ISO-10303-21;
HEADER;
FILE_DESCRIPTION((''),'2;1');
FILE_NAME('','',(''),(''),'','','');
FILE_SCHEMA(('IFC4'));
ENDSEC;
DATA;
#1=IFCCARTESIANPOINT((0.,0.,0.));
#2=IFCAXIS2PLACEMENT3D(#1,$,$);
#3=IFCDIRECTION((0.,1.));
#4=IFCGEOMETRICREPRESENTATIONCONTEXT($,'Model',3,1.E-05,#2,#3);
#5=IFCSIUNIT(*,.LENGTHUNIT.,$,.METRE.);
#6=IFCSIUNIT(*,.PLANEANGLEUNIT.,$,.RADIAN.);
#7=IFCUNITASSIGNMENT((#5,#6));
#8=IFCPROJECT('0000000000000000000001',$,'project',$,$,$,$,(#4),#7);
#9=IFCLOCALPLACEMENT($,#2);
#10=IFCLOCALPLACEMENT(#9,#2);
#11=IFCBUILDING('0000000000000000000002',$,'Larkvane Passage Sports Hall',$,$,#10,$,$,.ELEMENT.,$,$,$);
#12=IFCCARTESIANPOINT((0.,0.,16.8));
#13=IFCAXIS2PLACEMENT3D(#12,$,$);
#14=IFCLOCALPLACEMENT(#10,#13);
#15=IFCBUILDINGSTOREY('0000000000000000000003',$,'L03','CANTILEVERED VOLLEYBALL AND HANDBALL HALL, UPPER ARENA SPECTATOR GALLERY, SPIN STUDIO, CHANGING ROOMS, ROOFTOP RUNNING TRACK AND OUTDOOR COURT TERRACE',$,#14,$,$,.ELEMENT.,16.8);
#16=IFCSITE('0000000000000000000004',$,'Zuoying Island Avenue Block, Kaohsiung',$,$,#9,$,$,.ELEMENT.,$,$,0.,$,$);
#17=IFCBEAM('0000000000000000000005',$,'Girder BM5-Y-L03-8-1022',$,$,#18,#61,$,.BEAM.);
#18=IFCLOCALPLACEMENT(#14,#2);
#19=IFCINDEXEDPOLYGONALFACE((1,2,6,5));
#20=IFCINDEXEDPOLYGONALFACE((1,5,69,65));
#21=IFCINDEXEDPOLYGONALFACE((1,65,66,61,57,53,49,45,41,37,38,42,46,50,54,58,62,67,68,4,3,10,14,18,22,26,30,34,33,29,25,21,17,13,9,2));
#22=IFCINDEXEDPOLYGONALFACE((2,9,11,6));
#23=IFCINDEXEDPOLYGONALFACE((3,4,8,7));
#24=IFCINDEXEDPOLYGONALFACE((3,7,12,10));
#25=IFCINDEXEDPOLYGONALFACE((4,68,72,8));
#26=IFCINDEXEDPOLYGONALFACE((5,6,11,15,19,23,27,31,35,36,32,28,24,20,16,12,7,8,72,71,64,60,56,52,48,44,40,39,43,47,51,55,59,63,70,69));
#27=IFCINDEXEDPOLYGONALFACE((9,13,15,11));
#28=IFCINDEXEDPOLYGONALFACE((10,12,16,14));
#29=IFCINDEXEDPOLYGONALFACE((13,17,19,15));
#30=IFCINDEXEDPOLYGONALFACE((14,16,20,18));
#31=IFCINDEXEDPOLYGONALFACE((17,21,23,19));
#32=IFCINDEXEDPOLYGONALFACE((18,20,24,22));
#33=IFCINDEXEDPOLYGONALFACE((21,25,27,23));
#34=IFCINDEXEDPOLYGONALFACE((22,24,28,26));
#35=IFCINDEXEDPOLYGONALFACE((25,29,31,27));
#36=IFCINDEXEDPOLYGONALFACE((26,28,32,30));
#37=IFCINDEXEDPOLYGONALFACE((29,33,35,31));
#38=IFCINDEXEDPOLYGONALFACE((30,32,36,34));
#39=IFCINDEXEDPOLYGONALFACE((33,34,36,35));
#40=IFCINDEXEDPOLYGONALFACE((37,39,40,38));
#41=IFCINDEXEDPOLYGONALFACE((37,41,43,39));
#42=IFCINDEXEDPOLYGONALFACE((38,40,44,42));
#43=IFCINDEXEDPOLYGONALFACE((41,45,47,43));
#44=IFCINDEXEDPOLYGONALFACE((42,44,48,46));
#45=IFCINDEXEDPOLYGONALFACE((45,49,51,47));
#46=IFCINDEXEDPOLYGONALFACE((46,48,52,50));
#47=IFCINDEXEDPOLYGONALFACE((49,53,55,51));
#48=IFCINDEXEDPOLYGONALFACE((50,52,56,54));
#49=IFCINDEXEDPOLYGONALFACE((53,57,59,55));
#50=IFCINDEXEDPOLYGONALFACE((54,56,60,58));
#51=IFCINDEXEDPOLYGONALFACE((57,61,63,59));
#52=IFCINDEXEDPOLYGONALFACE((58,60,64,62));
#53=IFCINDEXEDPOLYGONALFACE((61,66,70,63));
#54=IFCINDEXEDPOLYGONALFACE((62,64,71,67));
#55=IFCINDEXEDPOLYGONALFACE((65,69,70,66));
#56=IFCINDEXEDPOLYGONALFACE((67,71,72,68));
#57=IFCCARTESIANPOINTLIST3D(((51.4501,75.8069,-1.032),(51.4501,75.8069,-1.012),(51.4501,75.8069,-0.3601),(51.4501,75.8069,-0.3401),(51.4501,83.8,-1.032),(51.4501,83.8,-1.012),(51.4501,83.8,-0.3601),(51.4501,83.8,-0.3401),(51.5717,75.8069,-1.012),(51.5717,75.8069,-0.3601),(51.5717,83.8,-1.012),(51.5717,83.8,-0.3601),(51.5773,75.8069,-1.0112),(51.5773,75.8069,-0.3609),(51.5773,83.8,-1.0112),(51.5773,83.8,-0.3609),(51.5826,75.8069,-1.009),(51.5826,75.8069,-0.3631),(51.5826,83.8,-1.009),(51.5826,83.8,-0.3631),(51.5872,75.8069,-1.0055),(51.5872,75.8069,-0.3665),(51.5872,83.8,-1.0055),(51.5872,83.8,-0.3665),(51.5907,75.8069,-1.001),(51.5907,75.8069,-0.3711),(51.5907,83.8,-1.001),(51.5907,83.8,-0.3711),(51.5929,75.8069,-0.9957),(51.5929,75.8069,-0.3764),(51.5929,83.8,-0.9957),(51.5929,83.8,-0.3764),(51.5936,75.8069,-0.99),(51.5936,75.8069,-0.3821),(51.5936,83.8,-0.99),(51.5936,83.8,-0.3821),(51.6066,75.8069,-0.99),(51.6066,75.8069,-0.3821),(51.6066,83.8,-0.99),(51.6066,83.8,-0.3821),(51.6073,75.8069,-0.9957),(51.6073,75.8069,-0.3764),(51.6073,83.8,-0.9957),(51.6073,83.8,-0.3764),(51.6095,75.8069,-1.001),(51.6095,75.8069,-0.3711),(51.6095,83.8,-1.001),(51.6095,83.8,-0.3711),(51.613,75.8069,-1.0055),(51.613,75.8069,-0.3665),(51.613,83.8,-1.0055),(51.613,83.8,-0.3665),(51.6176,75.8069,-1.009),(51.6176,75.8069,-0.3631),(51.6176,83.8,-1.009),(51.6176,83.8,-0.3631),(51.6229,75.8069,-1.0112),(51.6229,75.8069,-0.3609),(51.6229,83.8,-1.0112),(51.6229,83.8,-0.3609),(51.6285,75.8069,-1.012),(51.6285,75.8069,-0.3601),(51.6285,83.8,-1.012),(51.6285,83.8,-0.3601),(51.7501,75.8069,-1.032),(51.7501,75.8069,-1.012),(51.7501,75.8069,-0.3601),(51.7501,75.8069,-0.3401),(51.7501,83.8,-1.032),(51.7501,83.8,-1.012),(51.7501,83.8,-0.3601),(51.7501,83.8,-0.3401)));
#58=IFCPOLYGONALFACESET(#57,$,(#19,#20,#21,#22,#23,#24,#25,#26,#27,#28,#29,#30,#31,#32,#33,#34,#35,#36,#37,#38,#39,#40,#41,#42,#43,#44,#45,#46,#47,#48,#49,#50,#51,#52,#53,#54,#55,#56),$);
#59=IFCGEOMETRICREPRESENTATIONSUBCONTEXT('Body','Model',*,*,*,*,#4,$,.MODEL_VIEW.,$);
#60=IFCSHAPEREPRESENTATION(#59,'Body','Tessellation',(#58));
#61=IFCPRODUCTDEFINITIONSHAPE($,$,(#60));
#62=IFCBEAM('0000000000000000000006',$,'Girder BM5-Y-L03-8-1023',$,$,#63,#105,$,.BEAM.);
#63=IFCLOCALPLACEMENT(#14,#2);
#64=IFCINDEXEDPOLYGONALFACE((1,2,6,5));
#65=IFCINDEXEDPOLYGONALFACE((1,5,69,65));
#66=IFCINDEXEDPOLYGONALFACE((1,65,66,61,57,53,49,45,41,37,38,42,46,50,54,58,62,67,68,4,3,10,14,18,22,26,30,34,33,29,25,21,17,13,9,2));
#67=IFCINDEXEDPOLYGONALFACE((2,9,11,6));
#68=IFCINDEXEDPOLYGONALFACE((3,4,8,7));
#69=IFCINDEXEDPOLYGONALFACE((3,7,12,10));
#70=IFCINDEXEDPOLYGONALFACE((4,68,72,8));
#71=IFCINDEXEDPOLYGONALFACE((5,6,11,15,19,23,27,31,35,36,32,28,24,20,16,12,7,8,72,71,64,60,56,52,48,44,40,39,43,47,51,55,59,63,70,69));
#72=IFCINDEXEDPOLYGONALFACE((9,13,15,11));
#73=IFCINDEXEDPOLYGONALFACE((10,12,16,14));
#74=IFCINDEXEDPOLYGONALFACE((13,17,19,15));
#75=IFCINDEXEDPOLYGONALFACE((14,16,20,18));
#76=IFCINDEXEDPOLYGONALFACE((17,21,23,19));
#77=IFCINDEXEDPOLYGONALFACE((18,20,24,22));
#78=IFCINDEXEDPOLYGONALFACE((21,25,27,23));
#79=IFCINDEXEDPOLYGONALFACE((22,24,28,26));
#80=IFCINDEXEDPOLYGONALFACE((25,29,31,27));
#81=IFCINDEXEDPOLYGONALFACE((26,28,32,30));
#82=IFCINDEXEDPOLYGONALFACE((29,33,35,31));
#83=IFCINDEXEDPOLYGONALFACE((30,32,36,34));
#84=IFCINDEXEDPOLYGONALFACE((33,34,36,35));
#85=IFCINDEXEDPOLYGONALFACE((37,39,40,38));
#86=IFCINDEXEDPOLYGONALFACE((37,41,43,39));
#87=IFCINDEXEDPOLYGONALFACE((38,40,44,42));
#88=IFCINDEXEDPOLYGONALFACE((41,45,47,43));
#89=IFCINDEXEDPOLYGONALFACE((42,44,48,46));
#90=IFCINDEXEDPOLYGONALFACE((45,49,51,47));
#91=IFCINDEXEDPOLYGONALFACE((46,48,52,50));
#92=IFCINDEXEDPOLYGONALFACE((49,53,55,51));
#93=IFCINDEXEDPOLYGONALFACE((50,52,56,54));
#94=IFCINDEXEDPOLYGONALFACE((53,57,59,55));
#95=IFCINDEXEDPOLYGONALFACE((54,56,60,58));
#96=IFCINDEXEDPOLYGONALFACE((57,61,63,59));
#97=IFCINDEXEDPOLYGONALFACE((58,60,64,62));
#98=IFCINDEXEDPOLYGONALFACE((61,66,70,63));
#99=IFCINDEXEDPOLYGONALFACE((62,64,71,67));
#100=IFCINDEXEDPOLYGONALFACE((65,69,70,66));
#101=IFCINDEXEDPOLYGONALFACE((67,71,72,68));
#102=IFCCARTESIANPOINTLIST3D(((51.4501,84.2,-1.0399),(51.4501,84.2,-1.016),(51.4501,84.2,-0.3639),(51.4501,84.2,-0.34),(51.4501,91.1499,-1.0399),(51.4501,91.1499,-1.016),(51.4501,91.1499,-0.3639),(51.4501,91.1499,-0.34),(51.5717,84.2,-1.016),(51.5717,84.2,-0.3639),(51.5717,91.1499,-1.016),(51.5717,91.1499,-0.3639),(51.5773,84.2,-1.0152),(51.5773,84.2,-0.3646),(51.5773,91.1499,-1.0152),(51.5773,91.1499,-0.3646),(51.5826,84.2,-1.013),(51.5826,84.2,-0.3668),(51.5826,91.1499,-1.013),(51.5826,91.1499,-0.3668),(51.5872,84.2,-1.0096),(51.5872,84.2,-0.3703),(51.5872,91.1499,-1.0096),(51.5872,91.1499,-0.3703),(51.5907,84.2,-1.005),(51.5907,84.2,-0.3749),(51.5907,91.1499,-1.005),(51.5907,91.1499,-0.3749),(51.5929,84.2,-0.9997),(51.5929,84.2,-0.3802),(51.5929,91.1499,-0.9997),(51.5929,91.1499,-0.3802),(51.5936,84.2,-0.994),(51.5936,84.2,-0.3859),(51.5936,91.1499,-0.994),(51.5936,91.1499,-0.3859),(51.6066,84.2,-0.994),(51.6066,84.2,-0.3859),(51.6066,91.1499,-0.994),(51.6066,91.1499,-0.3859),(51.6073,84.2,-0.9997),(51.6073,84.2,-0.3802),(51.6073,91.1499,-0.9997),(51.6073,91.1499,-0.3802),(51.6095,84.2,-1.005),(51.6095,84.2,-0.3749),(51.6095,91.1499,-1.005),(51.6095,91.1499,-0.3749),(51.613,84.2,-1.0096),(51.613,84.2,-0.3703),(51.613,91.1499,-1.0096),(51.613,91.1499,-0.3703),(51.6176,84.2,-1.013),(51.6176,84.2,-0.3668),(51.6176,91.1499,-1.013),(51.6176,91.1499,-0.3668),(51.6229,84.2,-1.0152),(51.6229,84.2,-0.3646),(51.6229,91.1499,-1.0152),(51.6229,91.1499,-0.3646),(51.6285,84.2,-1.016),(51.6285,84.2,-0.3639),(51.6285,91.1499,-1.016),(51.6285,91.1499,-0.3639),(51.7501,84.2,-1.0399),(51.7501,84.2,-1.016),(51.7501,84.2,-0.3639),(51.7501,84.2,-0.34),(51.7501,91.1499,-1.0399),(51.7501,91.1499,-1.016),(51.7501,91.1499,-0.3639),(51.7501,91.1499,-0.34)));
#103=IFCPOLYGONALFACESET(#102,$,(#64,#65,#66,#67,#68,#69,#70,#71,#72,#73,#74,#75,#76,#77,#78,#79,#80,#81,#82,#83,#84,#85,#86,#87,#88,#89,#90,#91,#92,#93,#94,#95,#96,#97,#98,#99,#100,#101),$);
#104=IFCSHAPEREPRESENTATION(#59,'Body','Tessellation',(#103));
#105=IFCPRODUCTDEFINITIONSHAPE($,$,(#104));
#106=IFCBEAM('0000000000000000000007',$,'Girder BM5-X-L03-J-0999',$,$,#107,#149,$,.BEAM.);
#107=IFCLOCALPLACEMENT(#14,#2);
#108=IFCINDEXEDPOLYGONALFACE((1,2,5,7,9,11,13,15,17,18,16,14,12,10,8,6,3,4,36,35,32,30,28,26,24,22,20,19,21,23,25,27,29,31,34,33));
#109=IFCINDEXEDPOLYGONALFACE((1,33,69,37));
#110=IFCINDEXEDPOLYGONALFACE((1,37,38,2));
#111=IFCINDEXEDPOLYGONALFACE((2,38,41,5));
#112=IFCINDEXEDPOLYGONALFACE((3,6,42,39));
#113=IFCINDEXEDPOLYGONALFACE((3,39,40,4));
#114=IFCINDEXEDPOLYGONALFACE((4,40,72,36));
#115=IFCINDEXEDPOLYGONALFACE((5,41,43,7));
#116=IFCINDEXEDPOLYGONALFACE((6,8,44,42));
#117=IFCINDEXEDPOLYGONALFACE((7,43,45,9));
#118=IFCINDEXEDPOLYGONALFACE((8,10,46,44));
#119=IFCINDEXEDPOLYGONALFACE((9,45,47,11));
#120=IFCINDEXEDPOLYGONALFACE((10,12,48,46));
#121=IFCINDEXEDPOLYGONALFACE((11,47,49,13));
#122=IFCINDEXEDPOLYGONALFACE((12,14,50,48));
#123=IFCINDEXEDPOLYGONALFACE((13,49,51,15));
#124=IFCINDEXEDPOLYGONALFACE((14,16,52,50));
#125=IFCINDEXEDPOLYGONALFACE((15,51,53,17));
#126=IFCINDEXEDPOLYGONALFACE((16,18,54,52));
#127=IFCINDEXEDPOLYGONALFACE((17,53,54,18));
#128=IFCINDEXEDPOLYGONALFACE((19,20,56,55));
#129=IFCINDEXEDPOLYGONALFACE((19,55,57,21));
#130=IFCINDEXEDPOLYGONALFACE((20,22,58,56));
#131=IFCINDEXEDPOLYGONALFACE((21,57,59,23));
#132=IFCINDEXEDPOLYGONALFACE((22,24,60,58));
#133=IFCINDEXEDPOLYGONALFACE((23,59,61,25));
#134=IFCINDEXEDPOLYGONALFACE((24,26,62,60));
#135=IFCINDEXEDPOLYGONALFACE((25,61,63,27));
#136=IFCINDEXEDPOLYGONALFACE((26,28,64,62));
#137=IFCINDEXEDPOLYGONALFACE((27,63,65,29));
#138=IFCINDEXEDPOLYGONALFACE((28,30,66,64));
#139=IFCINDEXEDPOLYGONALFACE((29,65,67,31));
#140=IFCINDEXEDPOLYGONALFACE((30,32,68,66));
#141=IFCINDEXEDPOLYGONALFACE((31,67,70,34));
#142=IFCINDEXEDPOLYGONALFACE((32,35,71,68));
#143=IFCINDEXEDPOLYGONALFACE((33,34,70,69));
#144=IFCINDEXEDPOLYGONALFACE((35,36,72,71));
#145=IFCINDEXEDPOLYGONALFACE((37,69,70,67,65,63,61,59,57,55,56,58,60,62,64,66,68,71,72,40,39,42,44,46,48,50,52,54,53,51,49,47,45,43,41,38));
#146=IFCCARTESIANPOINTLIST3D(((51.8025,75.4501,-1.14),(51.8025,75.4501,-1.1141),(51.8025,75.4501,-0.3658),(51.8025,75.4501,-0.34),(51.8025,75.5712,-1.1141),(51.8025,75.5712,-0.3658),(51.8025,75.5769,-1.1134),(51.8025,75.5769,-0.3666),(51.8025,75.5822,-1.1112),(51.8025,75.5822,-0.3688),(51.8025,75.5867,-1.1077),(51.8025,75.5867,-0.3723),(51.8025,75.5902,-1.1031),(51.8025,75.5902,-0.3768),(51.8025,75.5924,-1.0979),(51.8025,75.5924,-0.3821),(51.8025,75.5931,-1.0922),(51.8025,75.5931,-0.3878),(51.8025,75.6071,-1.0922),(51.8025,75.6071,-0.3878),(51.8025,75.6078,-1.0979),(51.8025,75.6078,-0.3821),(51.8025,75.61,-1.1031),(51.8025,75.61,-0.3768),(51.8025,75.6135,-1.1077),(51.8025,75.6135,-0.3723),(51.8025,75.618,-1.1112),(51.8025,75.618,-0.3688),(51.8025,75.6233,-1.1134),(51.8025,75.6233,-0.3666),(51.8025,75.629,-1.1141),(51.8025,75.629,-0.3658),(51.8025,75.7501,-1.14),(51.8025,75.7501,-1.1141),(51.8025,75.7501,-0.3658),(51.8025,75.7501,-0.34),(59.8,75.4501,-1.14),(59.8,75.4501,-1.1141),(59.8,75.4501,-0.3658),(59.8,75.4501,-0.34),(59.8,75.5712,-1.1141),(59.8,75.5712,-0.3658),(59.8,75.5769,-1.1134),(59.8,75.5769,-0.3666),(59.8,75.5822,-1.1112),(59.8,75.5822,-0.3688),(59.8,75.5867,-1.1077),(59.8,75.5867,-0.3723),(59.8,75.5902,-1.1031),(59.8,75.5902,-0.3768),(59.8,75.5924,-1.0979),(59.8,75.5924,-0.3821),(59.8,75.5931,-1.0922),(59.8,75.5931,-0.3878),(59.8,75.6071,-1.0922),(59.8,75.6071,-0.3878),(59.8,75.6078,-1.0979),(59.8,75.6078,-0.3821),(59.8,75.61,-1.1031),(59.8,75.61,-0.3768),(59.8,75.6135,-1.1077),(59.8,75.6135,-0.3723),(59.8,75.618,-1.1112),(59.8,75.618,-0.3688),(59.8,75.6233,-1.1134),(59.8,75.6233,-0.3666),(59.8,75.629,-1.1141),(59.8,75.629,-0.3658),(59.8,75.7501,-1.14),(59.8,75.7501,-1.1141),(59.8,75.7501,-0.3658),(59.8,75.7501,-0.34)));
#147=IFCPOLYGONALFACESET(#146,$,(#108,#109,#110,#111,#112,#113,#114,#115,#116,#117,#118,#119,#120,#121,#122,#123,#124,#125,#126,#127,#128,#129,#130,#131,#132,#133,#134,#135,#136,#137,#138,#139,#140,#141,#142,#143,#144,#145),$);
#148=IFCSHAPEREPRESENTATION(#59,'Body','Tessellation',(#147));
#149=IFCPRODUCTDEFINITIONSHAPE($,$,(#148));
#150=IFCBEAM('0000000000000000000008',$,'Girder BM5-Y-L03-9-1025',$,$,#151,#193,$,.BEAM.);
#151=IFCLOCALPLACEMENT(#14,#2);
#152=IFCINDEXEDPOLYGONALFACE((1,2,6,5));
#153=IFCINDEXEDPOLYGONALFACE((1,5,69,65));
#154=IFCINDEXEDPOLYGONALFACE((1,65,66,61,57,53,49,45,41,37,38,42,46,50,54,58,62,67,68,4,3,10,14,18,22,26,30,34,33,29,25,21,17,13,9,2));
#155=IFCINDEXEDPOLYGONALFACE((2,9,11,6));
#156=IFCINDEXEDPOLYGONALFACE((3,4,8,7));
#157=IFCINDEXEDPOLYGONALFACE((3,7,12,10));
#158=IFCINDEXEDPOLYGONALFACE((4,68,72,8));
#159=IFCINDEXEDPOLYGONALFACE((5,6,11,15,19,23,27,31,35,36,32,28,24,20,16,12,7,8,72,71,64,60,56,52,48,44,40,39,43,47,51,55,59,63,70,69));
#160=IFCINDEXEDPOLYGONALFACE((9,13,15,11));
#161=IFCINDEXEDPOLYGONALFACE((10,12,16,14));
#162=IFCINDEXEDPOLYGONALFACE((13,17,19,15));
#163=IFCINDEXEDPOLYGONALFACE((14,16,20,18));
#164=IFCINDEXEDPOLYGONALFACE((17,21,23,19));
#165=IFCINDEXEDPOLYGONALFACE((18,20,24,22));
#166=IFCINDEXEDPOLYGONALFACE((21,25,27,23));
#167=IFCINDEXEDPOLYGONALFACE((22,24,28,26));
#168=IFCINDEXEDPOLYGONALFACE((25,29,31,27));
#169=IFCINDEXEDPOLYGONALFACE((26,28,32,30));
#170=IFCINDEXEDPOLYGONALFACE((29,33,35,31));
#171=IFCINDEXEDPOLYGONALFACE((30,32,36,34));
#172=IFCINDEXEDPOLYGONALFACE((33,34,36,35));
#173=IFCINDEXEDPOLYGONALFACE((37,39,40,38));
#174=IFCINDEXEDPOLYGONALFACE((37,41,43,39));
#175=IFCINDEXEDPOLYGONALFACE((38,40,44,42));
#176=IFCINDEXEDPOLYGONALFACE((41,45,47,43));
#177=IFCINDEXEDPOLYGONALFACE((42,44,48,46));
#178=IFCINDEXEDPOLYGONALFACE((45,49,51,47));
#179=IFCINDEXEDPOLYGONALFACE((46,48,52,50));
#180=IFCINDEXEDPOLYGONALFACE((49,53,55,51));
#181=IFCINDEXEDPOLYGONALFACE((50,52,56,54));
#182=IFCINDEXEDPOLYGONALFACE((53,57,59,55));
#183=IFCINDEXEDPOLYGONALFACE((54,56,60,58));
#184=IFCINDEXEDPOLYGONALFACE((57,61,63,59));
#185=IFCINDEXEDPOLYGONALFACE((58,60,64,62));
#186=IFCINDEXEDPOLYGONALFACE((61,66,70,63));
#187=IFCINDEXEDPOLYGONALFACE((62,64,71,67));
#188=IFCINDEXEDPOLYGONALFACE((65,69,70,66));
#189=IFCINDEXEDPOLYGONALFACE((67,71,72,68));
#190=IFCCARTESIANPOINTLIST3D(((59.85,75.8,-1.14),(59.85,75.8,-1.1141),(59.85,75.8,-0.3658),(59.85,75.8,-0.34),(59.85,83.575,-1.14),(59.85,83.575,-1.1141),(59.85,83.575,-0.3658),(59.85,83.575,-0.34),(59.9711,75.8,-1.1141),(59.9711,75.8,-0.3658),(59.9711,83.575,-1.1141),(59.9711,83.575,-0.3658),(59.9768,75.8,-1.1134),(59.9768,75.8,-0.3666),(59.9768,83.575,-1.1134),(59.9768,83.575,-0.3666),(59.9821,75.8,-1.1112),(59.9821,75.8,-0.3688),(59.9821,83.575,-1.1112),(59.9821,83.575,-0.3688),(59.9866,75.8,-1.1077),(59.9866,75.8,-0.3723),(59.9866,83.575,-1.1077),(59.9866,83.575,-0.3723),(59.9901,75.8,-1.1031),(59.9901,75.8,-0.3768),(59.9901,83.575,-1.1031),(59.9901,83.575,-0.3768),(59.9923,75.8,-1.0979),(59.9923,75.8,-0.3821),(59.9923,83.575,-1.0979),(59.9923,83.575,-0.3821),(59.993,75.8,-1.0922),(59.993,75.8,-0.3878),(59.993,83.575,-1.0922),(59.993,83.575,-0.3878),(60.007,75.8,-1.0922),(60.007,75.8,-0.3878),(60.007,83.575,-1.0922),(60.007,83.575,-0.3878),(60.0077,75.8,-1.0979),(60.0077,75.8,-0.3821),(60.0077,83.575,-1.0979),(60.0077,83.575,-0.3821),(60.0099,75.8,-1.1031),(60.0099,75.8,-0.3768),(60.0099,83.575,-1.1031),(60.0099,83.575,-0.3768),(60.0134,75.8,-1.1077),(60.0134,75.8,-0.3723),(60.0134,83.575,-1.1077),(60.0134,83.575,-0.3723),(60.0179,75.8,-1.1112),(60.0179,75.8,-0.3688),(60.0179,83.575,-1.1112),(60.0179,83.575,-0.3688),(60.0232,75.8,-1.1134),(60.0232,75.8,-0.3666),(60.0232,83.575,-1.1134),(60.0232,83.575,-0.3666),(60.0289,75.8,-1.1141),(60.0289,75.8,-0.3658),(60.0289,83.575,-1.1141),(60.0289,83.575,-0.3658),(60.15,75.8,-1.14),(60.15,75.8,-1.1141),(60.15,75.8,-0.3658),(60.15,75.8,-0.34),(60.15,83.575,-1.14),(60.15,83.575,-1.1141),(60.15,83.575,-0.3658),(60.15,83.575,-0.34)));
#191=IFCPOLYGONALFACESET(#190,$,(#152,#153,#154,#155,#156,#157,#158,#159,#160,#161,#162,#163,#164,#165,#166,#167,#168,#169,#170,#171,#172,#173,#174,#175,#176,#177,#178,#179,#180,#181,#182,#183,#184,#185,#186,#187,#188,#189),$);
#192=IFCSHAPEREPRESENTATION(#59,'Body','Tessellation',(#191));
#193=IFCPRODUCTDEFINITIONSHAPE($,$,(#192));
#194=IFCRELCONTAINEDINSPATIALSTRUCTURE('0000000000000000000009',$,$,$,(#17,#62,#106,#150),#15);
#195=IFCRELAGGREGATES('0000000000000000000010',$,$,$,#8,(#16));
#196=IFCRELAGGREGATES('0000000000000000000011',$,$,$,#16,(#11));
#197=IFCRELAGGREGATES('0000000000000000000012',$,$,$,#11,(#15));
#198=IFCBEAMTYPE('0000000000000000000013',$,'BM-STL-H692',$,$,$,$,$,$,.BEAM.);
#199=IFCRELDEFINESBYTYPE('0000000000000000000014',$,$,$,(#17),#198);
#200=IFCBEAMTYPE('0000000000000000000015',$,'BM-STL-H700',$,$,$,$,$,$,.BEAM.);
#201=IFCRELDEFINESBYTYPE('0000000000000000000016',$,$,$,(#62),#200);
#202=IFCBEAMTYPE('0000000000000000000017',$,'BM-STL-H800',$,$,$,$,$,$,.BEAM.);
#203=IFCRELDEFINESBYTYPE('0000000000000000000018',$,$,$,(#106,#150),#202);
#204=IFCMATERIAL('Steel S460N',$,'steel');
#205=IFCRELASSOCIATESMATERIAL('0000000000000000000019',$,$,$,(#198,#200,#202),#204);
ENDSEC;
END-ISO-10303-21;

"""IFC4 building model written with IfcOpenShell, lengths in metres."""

from ifc_helpers import new_model, si_unit, direction, frame, origin, origin_2d, place, context, subcontext, project, spatial, i_section, extrude, material, material_profile, profile_set, type_object, element, save


model = new_model("IFC4")

# Units and contexts
model_context = context("Model", 3, precision=1e-05, world=origin(), true_north=direction((0.0, 1.0)))
body_context = subcontext(model_context, "Body", "Model", "MODEL_VIEW")
ifc_project = project(units=[si_unit("LENGTHUNIT", "METRE"), si_unit("PLANEANGLEUNIT", "RADIAN")], contexts=[model_context])

# Site, building, storey
site_placement = place(None, origin())
site = spatial("IfcSite", under=ifc_project, at=site_placement, Name="Zuoying Island Avenue Block, Kaohsiung", CompositionType="ELEMENT", RefElevation=0.0)
building_placement = place(site_placement, origin())
building = spatial("IfcBuilding", under=site, at=building_placement, Name="Larkvane Passage Sports Hall", CompositionType="ELEMENT")
storey_placement = place(building_placement, frame((0.0, 0.0, 16.8)))
storey = spatial("IfcBuildingStorey", under=building, at=storey_placement, Name="L03", Description="CANTILEVERED VOLLEYBALL AND HANDBALL HALL, UPPER ARENA SPECTATOR GALLERY, SPIN STUDIO, CHANGING ROOMS, ROOFTOP RUNNING TRACK AND OUTDOOR COURT TERRACE", CompositionType="ELEMENT", Elevation=16.8)

# Shared definitions
ifc_material_1 = material(Name="Steel S460N", Category="steel")

# Beams
ifc_material_profile_1 = material_profile(ifc_material_1, i_section(OverallWidth=0.3, OverallDepth=0.6919, WebThickness=0.0129, FlangeThickness=0.02, FilletRadius=0.022, at=origin_2d()), Name="H-692x300x13x20")
ifc_profile_set_1 = profile_set([ifc_material_profile_1], Name="Steel S460N")
beam_type_1 = type_object("IfcBeamType", Name="BM-STL-H692", PredefinedType="BEAM", material=ifc_profile_set_1)
beam_1_placement = place(storey_placement, frame((51.6001, 75.8069, -0.686), z_axis=(0.0, 1.0, 0.0), x_axis=(-1.0, 0.0, 0.0)))
element("IfcBeam", 1, at=beam_1_placement, inside=storey, type_object=beam_type_1, Name="Girder BM5-Y-L03-8-1022", PredefinedType="BEAM", context=body_context, shape_type="SweptSolid", body=[
    extrude(i_section(OverallWidth=0.3, OverallDepth=0.6919, WebThickness=0.0129, FlangeThickness=0.02, FilletRadius=0.022, at=origin_2d()), origin(), (0.0, 0.0, 1.0), 7.9932),
])
ifc_material_profile_2 = material_profile(ifc_material_1, i_section(OverallWidth=0.3, OverallDepth=0.7, WebThickness=0.0129, FlangeThickness=0.0239, FilletRadius=0.022, at=origin_2d()), Name="H-700x300x13x24")
ifc_profile_set_2 = profile_set([ifc_material_profile_2], Name="Steel S460N")
beam_type_2 = type_object("IfcBeamType", Name="BM-STL-H700", PredefinedType="BEAM", material=ifc_profile_set_2)
beam_2_placement = place(storey_placement, frame((51.6001, 84.2, -0.6899), z_axis=(0.0, 1.0, 0.0), x_axis=(-1.0, 0.0, 0.0)))
element("IfcBeam", 2, at=beam_2_placement, inside=storey, type_object=beam_type_2, Name="Girder BM5-Y-L03-8-1023", PredefinedType="BEAM", context=body_context, shape_type="SweptSolid", body=[
    extrude(i_section(OverallWidth=0.3, OverallDepth=0.7, WebThickness=0.0129, FlangeThickness=0.0239, FilletRadius=0.022, at=origin_2d()), origin(), (0.0, 0.0, 1.0), 6.95),
])
ifc_material_profile_3 = material_profile(ifc_material_1, i_section(OverallWidth=0.3, OverallDepth=0.8, WebThickness=0.0139, FlangeThickness=0.0259, FilletRadius=0.022, at=origin_2d()), Name="H-800x300x14x26")
ifc_profile_set_3 = profile_set([ifc_material_profile_3], Name="Steel S460N")
beam_type_3 = type_object("IfcBeamType", Name="BM-STL-H800", PredefinedType="BEAM", material=ifc_profile_set_3)
beam_3_placement = place(storey_placement, frame((51.8025, 75.6001, -0.74), z_axis=(1.0, 0.0, 0.0), x_axis=(0.0, 1.0, 0.0)))
element("IfcBeam", 3, at=beam_3_placement, inside=storey, type_object=beam_type_3, Name="Girder BM5-X-L03-J-0999", PredefinedType="BEAM", context=body_context, shape_type="SweptSolid", body=[
    extrude(i_section(OverallWidth=0.3, OverallDepth=0.8, WebThickness=0.0139, FlangeThickness=0.0259, FilletRadius=0.022, at=origin_2d()), origin(), (0.0, 0.0, 1.0), 7.9976),
])
beam_4_placement = place(storey_placement, frame((60.0, 75.8, -0.74), z_axis=(0.0, 1.0, 0.0), x_axis=(-1.0, 0.0, 0.0)))
element("IfcBeam", 4, at=beam_4_placement, inside=storey, type_object=beam_type_3, Name="Girder BM5-Y-L03-9-1025", PredefinedType="BEAM", context=body_context, shape_type="SweptSolid", body=[
    extrude(i_section(OverallWidth=0.3, OverallDepth=0.8, WebThickness=0.0139, FlangeThickness=0.0259, FilletRadius=0.022, at=origin_2d()), origin(), (0.0, 0.0, 1.0), 7.7749),
])

save(model, "model.ifc")
